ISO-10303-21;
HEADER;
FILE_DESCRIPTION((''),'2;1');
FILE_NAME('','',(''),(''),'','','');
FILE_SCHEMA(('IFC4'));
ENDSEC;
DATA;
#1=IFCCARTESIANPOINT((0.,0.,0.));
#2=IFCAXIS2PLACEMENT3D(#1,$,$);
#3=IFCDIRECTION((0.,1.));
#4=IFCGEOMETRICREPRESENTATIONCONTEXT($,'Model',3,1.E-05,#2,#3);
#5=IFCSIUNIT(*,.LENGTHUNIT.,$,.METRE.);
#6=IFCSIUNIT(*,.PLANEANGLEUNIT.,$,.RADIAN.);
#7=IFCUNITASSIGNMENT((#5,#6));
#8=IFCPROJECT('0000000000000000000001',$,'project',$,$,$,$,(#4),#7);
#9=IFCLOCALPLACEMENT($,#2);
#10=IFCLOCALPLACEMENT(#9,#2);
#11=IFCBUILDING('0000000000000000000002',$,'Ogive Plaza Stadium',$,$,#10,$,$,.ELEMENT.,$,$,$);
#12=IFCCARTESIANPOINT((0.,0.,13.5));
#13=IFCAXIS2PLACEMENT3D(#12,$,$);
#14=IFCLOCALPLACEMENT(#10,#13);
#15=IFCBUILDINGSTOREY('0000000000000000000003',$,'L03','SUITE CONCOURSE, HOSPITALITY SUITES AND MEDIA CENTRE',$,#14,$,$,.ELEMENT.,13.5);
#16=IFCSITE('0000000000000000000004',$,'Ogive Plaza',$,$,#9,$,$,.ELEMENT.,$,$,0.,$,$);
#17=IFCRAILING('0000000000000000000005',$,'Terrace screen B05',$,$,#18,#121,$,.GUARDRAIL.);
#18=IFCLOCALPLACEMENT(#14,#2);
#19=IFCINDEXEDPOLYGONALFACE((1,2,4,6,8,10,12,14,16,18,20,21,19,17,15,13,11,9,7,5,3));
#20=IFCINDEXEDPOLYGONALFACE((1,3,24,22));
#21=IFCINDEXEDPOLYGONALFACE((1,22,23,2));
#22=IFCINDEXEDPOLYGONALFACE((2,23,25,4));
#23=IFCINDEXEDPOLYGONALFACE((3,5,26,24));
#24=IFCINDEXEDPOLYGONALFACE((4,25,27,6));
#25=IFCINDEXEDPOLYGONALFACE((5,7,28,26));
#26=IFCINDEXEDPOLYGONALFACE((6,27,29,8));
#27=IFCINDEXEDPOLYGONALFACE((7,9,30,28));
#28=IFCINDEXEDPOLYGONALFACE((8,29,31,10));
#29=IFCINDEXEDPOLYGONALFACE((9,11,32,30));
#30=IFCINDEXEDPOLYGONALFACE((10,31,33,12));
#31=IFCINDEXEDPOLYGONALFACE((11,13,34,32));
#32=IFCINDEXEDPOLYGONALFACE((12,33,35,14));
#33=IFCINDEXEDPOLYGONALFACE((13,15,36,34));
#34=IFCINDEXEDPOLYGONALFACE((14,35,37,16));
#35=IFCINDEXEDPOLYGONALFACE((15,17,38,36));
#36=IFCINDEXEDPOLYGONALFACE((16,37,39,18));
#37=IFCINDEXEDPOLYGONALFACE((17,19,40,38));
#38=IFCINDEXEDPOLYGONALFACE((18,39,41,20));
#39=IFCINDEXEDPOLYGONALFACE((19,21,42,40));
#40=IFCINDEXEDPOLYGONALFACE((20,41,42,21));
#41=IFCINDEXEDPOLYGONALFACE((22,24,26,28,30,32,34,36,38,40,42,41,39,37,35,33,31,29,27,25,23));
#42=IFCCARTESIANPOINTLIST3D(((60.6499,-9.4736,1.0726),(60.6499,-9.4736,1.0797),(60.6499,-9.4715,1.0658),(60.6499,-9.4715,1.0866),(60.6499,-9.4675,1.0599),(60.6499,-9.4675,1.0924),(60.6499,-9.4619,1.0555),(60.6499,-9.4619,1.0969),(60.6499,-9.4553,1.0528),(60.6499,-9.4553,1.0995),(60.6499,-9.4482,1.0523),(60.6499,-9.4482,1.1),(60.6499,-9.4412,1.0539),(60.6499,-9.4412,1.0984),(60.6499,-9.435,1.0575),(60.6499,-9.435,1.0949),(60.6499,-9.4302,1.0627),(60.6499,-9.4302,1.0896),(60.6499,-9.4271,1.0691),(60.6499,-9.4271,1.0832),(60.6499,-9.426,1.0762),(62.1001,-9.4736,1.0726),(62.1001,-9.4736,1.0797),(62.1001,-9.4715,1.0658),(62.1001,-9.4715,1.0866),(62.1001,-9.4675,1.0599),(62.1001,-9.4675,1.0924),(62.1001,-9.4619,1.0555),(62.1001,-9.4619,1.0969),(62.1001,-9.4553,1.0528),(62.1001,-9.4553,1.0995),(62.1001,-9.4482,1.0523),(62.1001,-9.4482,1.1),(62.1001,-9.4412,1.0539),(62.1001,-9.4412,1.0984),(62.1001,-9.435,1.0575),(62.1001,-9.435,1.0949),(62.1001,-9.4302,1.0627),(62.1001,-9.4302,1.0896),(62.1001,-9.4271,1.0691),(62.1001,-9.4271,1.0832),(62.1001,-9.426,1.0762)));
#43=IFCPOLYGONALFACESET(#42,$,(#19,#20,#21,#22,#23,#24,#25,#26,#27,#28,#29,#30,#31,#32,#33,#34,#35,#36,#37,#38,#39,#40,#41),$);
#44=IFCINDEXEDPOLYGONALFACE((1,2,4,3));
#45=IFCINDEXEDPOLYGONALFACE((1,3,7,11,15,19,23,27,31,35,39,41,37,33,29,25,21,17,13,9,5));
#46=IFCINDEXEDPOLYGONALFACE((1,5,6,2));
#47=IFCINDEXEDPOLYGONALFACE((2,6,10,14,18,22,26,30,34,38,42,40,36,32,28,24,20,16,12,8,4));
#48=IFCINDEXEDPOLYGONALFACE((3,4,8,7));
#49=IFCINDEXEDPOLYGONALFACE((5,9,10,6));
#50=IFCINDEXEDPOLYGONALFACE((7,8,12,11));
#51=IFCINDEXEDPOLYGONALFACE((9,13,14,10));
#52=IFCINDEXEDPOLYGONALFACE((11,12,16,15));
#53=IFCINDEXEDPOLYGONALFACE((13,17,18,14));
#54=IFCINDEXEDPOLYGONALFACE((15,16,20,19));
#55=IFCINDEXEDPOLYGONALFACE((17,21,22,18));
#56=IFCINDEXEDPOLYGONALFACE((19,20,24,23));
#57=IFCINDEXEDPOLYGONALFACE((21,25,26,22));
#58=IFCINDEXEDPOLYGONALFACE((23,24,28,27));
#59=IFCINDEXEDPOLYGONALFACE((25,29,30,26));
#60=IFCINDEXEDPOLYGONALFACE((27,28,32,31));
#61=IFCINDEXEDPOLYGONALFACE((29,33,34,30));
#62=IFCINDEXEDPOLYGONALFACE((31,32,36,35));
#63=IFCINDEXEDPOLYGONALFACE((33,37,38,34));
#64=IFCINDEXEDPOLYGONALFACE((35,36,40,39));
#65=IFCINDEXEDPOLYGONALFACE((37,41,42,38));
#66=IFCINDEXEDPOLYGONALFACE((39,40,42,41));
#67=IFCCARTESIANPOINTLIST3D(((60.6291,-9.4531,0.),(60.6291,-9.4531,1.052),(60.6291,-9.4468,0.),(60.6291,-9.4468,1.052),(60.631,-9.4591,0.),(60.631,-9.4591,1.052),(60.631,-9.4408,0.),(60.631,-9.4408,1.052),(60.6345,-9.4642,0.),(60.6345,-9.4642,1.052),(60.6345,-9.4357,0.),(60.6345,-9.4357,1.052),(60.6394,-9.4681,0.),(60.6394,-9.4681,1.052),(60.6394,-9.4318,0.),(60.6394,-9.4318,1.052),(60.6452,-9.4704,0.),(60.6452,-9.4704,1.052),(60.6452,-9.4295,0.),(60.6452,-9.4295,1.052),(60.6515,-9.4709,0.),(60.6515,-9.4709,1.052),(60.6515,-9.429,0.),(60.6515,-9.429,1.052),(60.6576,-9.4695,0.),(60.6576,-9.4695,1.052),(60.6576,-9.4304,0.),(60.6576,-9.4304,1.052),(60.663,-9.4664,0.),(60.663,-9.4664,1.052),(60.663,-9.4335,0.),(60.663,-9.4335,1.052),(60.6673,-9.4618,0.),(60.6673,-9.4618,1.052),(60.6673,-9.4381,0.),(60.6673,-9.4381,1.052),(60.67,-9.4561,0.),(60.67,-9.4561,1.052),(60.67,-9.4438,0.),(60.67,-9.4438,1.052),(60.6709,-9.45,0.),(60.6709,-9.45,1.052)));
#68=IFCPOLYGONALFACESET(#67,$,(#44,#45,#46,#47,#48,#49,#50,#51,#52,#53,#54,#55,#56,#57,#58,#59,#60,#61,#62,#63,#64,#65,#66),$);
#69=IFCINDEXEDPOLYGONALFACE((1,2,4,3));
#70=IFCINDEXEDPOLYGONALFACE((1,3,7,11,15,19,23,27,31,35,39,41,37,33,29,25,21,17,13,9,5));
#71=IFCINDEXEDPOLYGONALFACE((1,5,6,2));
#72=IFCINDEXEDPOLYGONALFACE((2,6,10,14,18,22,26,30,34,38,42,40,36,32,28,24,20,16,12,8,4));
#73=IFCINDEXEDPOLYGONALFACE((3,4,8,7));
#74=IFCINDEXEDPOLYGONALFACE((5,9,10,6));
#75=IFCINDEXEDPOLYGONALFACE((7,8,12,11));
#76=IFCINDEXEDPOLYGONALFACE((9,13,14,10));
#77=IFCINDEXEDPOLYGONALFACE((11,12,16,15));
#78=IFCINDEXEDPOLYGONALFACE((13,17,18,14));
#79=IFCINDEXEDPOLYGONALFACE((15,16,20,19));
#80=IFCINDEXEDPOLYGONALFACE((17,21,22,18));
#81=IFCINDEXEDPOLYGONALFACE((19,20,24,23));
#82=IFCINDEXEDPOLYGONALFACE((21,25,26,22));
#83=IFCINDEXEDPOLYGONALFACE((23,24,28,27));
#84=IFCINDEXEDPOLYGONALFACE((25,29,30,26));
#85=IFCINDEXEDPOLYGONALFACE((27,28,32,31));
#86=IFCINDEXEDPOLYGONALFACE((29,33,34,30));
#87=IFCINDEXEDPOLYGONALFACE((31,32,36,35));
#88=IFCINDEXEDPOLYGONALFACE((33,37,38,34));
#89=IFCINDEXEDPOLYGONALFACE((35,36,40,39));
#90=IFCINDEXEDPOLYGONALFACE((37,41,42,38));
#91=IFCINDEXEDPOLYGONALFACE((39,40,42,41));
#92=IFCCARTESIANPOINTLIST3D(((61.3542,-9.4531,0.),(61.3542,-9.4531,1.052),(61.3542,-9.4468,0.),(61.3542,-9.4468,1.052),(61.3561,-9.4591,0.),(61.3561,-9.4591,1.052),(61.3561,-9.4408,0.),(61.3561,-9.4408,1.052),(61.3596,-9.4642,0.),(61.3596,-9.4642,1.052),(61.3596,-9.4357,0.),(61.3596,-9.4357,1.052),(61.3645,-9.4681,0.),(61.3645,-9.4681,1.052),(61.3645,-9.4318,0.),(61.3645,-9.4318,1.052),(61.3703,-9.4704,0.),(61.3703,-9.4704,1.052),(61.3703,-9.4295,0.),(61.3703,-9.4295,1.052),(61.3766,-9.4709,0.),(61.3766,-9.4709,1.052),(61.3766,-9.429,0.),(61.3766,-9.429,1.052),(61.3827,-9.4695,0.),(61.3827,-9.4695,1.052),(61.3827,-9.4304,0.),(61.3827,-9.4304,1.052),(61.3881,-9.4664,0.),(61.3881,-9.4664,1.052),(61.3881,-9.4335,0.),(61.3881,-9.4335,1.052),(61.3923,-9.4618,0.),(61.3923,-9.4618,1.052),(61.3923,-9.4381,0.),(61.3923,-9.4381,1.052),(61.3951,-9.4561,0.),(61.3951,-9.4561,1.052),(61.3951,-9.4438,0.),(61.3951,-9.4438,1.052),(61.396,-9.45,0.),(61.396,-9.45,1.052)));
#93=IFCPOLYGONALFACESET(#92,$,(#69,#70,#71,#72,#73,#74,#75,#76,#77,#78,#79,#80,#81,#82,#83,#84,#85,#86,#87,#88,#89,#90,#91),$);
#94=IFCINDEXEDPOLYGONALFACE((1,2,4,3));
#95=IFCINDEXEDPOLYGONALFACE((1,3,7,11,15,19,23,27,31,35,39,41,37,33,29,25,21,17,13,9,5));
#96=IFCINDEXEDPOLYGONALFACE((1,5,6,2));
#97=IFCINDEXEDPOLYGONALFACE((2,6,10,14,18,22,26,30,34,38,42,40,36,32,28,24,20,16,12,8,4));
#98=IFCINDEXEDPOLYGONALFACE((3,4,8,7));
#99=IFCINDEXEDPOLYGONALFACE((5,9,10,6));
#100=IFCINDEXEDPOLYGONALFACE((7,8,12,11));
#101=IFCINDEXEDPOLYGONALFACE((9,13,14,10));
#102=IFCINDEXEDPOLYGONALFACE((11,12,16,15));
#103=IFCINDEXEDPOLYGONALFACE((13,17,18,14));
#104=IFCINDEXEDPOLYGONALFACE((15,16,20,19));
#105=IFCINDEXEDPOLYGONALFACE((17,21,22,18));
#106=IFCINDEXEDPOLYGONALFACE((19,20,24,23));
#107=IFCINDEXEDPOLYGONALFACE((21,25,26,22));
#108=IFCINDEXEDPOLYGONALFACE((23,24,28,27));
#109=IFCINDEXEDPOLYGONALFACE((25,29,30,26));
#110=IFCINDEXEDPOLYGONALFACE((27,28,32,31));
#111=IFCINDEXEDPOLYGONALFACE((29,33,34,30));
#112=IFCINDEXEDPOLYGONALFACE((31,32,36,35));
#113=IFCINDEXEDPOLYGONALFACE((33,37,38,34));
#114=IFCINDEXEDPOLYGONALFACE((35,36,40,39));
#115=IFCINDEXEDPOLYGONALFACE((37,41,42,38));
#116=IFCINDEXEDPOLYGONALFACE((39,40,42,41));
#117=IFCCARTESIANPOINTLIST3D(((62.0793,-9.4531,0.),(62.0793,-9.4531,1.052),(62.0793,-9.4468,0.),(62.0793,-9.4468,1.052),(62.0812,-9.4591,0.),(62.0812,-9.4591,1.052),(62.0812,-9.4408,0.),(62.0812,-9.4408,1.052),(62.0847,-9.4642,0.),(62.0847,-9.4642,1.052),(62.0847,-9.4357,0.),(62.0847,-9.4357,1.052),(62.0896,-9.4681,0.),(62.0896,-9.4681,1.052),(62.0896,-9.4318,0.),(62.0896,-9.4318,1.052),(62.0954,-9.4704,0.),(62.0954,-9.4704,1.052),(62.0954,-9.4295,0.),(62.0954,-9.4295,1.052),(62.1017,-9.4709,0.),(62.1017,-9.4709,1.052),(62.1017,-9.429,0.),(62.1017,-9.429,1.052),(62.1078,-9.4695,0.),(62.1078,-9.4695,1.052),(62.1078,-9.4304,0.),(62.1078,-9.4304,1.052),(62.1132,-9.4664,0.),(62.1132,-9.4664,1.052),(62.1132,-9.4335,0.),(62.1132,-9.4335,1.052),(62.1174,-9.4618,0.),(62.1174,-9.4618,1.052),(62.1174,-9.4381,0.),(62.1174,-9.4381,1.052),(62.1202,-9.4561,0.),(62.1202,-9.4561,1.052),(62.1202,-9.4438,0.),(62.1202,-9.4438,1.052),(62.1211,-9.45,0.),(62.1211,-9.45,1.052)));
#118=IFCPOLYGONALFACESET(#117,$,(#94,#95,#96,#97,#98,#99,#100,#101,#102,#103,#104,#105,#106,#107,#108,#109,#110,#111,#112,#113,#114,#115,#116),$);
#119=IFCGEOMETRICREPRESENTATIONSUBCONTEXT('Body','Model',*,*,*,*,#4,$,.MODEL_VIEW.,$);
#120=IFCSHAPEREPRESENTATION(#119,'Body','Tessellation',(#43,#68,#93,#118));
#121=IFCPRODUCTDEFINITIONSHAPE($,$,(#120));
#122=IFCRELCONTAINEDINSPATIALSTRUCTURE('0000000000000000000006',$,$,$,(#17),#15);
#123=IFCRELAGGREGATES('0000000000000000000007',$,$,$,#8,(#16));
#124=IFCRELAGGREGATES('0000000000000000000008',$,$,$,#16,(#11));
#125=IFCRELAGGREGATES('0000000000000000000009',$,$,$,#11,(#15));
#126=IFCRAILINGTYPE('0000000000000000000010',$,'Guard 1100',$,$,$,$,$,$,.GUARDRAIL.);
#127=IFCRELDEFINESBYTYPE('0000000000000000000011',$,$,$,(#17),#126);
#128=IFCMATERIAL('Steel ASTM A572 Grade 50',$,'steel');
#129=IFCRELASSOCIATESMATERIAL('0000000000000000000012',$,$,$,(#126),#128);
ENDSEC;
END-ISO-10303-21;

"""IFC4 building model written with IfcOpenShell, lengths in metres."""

from ifc_helpers import new_model, si_unit, direction, frame, origin, origin_2d, place, context, subcontext, project, spatial, circle, extrude, material, type_object, element, save


model = new_model("IFC4")

# Units and contexts
model_context = context("Model", 3, precision=1e-05, world=origin(), true_north=direction((0.0, 1.0)))
body_context = subcontext(model_context, "Body", "Model", "MODEL_VIEW")
ifc_project = project(units=[si_unit("LENGTHUNIT", "METRE"), si_unit("PLANEANGLEUNIT", "RADIAN")], contexts=[model_context])

# Site, building, storey
site_placement = place(None, origin())
site = spatial("IfcSite", under=ifc_project, at=site_placement, Name="Ogive Plaza", CompositionType="ELEMENT", RefElevation=0.0)
building_placement = place(site_placement, origin())
building = spatial("IfcBuilding", under=site, at=building_placement, Name="Ogive Plaza Stadium", CompositionType="ELEMENT")
storey_placement = place(building_placement, frame((0.0, 0.0, 13.5)))
storey = spatial("IfcBuildingStorey", under=building, at=storey_placement, Name="L03", Description="SUITE CONCOURSE, HOSPITALITY SUITES AND MEDIA CENTRE", CompositionType="ELEMENT", Elevation=13.5)

# Railing
ifc_material_1 = material(Name="Steel ASTM A572 Grade 50", Category="steel")
railing_type = type_object("IfcRailingType", Name="Guard 1100", PredefinedType="GUARDRAIL", material=ifc_material_1)
for number, where, name in (
    (1, (60.6499, -9.45, 0.0), "Terrace screen B05"),
):
    element("IfcRailing", number, at=place(storey_placement, frame(where)), inside=storey, type_object=railing_type, Name=name, PredefinedType="GUARDRAIL", context=body_context, shape_type="SweptSolid", body=[
        extrude(circle(Radius=0.0239, at=origin_2d()), frame((0.0, 0.0, 1.0762), z_axis=(1.0, 0.0, 0.0), x_axis=(0.0, 1.0, 0.0)), (0.0, 0.0, 1.0), 1.4502),
        extrude(circle(Radius=0.021, at=origin_2d()), origin(), (0.0, 0.0, 1.0), 1.052),
        extrude(circle(Radius=0.021, at=origin_2d()), frame((0.7251, 0.0, 0.0)), (0.0, 0.0, 1.0), 1.052),
        extrude(circle(Radius=0.021, at=origin_2d()), frame((1.4502, 0.0, 0.0)), (0.0, 0.0, 1.0), 1.052),
    ])

save(model, "model.ifc")
